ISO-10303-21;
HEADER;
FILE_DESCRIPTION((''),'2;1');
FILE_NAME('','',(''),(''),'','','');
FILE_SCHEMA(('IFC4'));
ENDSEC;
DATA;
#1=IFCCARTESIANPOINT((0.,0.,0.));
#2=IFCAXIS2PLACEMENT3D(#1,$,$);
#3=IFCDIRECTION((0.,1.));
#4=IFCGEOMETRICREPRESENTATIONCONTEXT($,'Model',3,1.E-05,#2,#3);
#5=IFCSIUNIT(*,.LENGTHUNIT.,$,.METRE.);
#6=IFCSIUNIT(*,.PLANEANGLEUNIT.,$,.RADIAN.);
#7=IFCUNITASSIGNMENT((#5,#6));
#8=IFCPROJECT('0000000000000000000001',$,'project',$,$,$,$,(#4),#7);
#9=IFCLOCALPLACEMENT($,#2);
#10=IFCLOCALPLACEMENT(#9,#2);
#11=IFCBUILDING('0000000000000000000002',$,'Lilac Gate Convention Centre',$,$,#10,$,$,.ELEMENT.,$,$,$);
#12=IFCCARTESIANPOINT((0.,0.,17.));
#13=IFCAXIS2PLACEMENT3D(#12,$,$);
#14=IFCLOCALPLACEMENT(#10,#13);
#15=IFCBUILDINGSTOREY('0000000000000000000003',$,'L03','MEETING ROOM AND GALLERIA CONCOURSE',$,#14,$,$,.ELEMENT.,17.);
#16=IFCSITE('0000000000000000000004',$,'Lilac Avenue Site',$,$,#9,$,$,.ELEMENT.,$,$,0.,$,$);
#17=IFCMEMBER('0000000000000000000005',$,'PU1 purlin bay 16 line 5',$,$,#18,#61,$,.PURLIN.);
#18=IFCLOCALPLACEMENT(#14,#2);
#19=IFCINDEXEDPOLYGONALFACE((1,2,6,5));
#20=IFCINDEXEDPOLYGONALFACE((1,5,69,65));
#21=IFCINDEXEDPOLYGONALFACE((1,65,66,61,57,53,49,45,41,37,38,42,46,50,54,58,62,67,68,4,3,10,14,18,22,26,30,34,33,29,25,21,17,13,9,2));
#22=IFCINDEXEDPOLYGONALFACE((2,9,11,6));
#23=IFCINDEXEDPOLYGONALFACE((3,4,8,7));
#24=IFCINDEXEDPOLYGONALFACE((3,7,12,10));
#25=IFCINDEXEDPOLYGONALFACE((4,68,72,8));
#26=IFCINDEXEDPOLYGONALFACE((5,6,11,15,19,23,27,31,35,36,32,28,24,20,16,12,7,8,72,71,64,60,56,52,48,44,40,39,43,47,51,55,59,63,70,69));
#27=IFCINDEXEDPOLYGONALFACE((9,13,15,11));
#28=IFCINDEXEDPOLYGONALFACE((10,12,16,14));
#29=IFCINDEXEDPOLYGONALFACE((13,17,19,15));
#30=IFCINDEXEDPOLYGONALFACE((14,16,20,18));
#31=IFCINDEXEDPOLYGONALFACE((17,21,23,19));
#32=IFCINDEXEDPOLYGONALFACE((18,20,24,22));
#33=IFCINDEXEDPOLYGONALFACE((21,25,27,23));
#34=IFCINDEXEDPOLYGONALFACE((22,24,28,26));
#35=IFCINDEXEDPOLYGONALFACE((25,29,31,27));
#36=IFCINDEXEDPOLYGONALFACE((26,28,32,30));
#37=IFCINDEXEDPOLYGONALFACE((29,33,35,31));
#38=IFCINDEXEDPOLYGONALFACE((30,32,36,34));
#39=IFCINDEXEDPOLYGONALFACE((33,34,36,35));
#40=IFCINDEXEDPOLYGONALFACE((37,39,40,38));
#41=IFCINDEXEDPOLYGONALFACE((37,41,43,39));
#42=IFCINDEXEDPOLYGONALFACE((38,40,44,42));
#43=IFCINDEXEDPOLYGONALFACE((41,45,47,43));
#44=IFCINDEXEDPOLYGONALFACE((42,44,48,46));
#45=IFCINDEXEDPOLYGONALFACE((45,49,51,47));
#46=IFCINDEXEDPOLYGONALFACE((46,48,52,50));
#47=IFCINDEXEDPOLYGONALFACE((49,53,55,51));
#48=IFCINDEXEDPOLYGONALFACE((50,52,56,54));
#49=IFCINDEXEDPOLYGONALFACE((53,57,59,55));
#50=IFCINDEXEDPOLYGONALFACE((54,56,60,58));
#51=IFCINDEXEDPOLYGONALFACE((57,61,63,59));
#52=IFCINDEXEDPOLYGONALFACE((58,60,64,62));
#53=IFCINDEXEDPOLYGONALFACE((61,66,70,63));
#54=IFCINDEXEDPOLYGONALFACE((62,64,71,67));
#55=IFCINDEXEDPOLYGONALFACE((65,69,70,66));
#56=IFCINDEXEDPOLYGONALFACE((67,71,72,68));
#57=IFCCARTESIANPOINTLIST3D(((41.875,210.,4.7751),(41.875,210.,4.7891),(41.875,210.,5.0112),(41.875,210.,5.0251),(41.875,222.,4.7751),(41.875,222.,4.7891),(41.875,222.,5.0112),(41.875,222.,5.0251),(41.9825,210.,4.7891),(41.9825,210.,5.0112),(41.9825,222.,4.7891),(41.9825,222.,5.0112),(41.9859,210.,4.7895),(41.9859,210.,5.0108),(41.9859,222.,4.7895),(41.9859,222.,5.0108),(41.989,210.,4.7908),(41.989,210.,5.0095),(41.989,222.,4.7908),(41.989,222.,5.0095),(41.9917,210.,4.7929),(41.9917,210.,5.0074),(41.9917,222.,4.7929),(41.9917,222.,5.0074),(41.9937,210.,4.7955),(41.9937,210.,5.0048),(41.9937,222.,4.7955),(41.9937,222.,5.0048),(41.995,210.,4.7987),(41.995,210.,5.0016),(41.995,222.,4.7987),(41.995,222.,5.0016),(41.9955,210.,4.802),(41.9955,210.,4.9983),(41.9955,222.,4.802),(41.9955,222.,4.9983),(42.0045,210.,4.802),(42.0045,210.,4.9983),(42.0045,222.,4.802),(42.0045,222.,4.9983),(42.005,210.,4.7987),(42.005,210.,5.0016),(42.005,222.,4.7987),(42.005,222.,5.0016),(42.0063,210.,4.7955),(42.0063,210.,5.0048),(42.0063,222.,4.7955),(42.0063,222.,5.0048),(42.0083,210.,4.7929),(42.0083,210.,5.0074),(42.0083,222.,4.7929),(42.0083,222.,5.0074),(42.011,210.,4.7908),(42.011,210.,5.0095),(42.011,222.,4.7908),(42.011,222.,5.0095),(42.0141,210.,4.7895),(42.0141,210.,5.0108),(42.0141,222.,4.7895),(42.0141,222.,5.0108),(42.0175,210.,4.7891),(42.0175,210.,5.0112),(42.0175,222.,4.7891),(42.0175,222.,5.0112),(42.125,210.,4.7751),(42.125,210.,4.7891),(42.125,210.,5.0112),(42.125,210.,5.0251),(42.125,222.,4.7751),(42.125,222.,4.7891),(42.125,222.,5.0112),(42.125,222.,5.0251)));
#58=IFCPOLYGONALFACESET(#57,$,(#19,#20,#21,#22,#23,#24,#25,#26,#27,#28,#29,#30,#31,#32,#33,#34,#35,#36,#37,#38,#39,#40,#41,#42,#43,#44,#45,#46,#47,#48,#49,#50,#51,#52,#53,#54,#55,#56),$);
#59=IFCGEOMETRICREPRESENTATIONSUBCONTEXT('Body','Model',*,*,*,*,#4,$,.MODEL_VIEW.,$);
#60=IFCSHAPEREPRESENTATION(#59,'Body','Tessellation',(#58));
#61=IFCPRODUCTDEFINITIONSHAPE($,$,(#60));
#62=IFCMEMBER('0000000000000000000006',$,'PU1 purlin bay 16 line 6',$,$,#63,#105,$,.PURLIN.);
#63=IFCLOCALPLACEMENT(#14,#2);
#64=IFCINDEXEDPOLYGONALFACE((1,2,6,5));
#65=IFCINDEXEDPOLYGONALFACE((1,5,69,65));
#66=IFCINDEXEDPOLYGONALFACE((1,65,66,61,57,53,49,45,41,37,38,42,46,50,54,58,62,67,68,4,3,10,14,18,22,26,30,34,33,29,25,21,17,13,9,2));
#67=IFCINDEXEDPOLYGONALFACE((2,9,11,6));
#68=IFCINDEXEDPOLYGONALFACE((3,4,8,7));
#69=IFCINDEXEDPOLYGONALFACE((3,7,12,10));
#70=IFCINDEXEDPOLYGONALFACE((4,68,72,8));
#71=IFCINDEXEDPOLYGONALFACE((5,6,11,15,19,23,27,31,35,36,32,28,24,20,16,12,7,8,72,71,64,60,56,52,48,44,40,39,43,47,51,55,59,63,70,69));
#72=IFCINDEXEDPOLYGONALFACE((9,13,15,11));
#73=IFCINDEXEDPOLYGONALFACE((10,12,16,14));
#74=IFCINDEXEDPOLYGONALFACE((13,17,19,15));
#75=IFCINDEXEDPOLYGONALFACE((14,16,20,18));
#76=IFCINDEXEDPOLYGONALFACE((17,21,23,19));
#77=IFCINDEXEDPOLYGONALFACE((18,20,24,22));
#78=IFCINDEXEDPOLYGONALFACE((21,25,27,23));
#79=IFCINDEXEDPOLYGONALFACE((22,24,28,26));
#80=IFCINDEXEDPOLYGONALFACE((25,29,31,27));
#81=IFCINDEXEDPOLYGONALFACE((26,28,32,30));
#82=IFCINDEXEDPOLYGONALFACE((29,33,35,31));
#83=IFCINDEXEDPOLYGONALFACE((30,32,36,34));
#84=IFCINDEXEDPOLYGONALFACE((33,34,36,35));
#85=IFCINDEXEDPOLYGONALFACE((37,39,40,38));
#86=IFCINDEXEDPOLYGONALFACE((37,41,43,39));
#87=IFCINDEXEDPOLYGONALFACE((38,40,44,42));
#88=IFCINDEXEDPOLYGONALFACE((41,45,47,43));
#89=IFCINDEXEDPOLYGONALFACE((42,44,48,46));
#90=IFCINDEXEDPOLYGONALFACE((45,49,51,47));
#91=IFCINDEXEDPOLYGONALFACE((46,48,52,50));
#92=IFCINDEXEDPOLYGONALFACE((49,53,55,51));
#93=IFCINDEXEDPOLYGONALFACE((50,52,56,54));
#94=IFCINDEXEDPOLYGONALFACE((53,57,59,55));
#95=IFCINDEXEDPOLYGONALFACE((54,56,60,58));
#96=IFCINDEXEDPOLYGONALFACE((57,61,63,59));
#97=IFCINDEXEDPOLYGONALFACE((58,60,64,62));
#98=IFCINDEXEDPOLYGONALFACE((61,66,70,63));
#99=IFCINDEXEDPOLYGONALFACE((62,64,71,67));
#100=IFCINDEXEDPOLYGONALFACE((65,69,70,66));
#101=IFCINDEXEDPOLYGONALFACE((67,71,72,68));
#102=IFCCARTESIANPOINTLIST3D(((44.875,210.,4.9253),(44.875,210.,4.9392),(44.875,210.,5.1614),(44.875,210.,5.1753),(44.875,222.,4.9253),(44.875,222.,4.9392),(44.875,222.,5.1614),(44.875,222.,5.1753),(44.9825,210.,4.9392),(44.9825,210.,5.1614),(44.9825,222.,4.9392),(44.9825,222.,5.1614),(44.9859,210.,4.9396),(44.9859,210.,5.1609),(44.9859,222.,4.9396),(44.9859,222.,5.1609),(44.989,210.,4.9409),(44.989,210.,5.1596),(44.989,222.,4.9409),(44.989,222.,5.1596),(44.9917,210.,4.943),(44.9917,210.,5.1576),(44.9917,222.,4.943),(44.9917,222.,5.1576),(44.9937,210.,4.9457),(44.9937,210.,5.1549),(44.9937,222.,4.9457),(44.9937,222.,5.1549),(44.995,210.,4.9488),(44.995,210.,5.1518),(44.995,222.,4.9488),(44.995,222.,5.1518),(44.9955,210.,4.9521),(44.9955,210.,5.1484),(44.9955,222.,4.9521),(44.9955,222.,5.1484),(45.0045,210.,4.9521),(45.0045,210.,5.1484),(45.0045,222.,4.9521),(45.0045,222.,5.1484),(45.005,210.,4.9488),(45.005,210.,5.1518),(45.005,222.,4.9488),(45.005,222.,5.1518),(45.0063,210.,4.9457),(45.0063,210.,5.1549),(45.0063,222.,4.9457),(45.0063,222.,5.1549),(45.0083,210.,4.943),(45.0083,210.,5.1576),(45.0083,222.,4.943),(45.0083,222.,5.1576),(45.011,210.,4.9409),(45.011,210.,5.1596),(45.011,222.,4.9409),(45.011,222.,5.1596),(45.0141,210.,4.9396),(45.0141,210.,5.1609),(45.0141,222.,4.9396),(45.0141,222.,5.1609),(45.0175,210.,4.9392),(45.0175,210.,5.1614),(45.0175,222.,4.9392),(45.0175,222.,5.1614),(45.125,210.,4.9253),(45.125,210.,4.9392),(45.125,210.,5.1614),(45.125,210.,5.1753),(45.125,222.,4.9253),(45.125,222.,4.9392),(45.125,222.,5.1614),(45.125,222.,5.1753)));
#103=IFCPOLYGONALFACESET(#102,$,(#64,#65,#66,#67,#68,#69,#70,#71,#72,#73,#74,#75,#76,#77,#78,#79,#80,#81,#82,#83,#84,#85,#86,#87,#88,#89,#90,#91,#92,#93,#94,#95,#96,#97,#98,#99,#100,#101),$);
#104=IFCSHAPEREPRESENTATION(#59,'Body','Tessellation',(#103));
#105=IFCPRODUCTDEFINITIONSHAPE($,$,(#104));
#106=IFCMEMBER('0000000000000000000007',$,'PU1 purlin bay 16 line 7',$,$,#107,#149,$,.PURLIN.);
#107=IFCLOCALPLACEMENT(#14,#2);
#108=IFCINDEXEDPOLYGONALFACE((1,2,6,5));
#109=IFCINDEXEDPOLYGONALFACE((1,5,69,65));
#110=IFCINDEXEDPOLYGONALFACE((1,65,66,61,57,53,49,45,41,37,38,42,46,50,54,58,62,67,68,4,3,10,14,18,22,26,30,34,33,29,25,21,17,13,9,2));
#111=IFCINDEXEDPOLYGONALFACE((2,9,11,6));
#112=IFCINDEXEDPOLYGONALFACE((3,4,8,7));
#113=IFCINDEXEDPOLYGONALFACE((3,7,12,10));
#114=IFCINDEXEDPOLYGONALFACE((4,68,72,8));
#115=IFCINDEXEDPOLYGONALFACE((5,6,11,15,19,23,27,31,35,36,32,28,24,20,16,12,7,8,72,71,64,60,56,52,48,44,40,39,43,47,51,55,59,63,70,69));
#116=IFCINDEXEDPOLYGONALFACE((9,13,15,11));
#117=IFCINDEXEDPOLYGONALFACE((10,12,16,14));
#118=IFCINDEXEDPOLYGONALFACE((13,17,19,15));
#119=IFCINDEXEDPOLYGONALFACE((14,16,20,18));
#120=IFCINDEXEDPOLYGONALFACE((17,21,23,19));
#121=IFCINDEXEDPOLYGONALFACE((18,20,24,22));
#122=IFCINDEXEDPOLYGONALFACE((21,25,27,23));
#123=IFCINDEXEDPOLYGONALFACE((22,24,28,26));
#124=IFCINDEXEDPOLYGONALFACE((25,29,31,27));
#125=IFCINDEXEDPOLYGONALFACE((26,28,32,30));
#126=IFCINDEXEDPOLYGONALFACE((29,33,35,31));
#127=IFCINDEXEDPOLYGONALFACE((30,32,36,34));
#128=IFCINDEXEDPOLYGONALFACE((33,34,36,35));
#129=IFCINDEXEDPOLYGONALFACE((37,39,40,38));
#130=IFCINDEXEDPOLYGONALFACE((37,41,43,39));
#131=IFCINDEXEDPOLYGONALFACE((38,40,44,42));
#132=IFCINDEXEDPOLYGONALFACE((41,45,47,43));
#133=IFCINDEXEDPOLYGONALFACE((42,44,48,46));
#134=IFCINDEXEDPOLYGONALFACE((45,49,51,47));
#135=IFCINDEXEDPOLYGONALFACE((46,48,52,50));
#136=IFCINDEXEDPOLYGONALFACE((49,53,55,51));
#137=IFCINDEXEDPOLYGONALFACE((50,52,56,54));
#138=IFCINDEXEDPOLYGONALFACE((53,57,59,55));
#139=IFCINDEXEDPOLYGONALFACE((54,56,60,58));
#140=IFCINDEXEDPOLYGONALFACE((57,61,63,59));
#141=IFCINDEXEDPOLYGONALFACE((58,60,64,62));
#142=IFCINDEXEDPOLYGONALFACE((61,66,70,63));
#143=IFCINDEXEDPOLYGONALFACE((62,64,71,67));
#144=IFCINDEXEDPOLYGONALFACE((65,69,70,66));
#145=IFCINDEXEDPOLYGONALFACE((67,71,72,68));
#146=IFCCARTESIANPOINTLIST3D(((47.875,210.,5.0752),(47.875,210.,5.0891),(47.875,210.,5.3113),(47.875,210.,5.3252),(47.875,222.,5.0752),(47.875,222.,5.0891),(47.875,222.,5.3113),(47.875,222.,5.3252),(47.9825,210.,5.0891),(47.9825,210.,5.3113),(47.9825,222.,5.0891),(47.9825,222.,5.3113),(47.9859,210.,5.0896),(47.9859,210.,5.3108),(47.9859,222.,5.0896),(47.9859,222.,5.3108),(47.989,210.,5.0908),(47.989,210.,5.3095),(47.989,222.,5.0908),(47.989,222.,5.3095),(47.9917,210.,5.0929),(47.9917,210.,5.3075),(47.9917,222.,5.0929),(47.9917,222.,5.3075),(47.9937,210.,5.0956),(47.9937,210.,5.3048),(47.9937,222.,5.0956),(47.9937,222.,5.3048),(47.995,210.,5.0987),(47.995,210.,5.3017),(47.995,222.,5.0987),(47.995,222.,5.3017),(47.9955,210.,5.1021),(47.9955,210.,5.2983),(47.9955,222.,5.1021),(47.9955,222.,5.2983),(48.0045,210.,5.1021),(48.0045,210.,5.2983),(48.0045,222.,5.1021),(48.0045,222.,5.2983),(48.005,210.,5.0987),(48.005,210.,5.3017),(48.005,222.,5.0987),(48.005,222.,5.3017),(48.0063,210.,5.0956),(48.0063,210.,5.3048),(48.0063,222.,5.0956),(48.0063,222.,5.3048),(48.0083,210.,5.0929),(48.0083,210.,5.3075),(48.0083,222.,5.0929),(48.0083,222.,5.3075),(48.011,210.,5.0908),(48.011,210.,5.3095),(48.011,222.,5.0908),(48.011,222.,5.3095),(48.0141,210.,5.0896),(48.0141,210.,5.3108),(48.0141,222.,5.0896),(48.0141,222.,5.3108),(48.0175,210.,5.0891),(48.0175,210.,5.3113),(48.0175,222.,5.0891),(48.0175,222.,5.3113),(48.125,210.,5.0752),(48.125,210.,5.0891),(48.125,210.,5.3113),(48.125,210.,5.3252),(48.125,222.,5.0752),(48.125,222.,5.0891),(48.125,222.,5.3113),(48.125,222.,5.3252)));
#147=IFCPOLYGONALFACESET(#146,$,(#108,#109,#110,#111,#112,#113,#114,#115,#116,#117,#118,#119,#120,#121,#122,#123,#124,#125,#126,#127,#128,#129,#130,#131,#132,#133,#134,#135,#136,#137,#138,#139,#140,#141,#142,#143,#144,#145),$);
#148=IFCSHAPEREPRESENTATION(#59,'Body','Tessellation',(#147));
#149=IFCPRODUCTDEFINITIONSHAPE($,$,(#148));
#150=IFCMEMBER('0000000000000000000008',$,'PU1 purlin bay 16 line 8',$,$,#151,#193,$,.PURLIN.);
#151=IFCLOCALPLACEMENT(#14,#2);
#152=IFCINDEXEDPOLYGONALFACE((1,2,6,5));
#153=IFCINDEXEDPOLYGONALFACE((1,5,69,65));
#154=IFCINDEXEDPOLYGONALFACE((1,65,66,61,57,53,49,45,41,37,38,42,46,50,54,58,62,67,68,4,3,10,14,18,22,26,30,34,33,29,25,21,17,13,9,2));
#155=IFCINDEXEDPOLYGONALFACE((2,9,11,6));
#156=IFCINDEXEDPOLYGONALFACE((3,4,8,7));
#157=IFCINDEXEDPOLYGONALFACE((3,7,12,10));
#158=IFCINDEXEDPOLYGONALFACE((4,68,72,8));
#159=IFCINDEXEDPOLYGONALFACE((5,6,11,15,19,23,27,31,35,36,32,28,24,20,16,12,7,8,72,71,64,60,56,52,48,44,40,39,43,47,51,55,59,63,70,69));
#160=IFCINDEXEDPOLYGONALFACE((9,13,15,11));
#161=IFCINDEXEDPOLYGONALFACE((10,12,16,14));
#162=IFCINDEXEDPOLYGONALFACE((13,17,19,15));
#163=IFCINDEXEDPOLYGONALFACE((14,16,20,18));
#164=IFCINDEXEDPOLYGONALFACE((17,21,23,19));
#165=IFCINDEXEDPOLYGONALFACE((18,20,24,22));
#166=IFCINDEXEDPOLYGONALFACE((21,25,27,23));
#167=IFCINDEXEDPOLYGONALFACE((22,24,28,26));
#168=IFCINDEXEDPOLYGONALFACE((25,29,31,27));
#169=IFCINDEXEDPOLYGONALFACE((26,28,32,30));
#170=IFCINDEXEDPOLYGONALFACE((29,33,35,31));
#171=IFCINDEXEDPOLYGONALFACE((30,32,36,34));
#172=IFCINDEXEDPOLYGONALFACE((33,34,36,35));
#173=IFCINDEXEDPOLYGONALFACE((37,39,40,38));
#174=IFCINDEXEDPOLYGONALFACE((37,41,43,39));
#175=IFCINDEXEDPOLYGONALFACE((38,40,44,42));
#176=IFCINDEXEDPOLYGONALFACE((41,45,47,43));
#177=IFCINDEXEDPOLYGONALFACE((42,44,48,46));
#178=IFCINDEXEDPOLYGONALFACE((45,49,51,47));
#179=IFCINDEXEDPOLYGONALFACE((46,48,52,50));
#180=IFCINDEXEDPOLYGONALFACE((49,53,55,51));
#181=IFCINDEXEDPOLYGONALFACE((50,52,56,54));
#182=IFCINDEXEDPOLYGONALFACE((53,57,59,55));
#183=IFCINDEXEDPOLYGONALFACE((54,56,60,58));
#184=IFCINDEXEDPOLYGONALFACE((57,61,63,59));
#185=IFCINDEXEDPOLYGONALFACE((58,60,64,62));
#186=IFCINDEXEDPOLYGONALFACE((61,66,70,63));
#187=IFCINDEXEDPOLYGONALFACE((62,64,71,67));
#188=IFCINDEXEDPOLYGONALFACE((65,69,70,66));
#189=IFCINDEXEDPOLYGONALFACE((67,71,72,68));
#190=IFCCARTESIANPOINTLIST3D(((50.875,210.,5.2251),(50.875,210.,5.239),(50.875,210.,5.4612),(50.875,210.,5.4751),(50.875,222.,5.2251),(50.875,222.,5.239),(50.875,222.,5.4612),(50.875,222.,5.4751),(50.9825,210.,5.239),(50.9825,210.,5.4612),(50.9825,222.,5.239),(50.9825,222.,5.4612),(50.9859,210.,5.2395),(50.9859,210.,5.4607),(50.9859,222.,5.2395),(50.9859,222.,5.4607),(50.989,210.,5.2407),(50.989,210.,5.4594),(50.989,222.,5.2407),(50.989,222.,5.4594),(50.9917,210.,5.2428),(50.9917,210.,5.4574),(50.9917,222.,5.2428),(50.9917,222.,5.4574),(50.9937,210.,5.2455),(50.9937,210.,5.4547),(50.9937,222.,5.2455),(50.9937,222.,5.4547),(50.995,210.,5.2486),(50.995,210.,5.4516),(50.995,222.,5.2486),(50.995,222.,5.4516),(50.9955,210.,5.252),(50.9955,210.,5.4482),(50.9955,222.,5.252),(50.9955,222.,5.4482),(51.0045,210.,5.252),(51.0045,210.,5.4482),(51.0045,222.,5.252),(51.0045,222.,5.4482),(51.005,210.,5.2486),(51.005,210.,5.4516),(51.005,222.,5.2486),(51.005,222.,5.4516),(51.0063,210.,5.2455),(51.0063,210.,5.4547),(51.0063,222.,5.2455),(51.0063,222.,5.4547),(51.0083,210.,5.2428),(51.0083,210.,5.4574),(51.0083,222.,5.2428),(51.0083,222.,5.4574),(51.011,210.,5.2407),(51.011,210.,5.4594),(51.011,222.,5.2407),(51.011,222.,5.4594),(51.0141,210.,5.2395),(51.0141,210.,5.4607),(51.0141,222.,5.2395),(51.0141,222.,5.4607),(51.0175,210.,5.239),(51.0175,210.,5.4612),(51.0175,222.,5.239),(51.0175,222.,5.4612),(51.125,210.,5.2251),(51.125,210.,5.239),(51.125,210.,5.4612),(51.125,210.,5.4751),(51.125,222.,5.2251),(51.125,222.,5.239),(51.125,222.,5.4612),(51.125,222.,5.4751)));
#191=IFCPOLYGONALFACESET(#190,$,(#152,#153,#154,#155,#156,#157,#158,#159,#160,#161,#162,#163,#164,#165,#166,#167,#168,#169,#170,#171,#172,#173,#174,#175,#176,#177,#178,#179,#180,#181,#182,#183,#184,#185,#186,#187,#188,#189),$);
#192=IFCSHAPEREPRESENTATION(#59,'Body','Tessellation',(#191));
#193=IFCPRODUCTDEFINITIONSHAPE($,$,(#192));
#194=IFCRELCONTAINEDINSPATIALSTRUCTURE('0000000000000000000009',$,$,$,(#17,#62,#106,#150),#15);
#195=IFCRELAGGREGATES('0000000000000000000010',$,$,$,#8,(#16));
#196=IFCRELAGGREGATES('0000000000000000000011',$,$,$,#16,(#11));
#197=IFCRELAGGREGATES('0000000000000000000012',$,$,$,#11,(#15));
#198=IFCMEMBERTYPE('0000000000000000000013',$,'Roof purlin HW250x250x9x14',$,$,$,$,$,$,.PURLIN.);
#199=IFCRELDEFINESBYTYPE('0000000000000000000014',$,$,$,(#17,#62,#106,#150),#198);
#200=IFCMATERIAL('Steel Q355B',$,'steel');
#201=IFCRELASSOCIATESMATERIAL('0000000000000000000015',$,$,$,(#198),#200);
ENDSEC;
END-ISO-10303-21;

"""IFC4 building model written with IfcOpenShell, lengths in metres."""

from ifc_helpers import new_model, si_unit, direction, frame, origin, origin_2d, place, context, subcontext, project, spatial, i_section, extrude, material, material_profile, profile_set, type_object, element, save


model = new_model("IFC4")

# Units and contexts
model_context = context("Model", 3, precision=1e-05, world=origin(), true_north=direction((0.0, 1.0)))
body_context = subcontext(model_context, "Body", "Model", "MODEL_VIEW")
ifc_project = project(units=[si_unit("LENGTHUNIT", "METRE"), si_unit("PLANEANGLEUNIT", "RADIAN")], contexts=[model_context])

# Site, building, storey
site_placement = place(None, origin())
site = spatial("IfcSite", under=ifc_project, at=site_placement, Name="Lilac Avenue Site", CompositionType="ELEMENT", RefElevation=0.0)
building_placement = place(site_placement, origin())
building = spatial("IfcBuilding", under=site, at=building_placement, Name="Lilac Gate Convention Centre", CompositionType="ELEMENT")
storey_placement = place(building_placement, frame((0.0, 0.0, 17.0)))
storey = spatial("IfcBuildingStorey", under=building, at=storey_placement, Name="L03", Description="MEETING ROOM AND GALLERIA CONCOURSE", CompositionType="ELEMENT", Elevation=17.0)

# Members
ifc_material = material(Name="Steel Q355B", Category="steel")
ifc_material_profile_1 = material_profile(ifc_material, i_section(OverallWidth=0.25, OverallDepth=0.25, WebThickness=0.009, FlangeThickness=0.0139, FilletRadius=0.0129, at=origin_2d()), Name="HW250x250x9x14")
ifc_profile_set_1 = profile_set([ifc_material_profile_1], Name="Steel Q355B")
member_type_1 = type_object("IfcMemberType", Name="Roof purlin HW250x250x9x14", PredefinedType="PURLIN", material=ifc_profile_set_1)
for number, where, z_axis, x_axis, name in (
    (1, (42.0, 210.0, 4.9001), (0.0, 1.0, 0.0), (-1.0, 0.0, 0.0), "PU1 purlin bay 16 line 5"),
    (2, (45.0, 210.0, 5.0503), (0.0, 1.0, 0.0), (-1.0, 0.0, 0.0), "PU1 purlin bay 16 line 6"),
    (3, (48.0, 210.0, 5.2002), (0.0, 1.0, 0.0), (-1.0, 0.0, 0.0), "PU1 purlin bay 16 line 7"),
    (4, (51.0, 210.0, 5.3501), (0.0, 1.0, 0.0), (-1.0, 0.0, 0.0), "PU1 purlin bay 16 line 8"),
):
    element("IfcMember", number, at=place(storey_placement, frame(where, z_axis=z_axis, x_axis=x_axis)), inside=storey, type_object=member_type_1, Name=name, PredefinedType="PURLIN", context=body_context, shape_type="SweptSolid", body=[
        extrude(i_section(OverallWidth=0.25, OverallDepth=0.25, WebThickness=0.009, FlangeThickness=0.0139, FilletRadius=0.0129, at=origin_2d()), origin(), (0.0, 0.0, 1.0), 12.0),
    ])

save(model, "model.ifc")
